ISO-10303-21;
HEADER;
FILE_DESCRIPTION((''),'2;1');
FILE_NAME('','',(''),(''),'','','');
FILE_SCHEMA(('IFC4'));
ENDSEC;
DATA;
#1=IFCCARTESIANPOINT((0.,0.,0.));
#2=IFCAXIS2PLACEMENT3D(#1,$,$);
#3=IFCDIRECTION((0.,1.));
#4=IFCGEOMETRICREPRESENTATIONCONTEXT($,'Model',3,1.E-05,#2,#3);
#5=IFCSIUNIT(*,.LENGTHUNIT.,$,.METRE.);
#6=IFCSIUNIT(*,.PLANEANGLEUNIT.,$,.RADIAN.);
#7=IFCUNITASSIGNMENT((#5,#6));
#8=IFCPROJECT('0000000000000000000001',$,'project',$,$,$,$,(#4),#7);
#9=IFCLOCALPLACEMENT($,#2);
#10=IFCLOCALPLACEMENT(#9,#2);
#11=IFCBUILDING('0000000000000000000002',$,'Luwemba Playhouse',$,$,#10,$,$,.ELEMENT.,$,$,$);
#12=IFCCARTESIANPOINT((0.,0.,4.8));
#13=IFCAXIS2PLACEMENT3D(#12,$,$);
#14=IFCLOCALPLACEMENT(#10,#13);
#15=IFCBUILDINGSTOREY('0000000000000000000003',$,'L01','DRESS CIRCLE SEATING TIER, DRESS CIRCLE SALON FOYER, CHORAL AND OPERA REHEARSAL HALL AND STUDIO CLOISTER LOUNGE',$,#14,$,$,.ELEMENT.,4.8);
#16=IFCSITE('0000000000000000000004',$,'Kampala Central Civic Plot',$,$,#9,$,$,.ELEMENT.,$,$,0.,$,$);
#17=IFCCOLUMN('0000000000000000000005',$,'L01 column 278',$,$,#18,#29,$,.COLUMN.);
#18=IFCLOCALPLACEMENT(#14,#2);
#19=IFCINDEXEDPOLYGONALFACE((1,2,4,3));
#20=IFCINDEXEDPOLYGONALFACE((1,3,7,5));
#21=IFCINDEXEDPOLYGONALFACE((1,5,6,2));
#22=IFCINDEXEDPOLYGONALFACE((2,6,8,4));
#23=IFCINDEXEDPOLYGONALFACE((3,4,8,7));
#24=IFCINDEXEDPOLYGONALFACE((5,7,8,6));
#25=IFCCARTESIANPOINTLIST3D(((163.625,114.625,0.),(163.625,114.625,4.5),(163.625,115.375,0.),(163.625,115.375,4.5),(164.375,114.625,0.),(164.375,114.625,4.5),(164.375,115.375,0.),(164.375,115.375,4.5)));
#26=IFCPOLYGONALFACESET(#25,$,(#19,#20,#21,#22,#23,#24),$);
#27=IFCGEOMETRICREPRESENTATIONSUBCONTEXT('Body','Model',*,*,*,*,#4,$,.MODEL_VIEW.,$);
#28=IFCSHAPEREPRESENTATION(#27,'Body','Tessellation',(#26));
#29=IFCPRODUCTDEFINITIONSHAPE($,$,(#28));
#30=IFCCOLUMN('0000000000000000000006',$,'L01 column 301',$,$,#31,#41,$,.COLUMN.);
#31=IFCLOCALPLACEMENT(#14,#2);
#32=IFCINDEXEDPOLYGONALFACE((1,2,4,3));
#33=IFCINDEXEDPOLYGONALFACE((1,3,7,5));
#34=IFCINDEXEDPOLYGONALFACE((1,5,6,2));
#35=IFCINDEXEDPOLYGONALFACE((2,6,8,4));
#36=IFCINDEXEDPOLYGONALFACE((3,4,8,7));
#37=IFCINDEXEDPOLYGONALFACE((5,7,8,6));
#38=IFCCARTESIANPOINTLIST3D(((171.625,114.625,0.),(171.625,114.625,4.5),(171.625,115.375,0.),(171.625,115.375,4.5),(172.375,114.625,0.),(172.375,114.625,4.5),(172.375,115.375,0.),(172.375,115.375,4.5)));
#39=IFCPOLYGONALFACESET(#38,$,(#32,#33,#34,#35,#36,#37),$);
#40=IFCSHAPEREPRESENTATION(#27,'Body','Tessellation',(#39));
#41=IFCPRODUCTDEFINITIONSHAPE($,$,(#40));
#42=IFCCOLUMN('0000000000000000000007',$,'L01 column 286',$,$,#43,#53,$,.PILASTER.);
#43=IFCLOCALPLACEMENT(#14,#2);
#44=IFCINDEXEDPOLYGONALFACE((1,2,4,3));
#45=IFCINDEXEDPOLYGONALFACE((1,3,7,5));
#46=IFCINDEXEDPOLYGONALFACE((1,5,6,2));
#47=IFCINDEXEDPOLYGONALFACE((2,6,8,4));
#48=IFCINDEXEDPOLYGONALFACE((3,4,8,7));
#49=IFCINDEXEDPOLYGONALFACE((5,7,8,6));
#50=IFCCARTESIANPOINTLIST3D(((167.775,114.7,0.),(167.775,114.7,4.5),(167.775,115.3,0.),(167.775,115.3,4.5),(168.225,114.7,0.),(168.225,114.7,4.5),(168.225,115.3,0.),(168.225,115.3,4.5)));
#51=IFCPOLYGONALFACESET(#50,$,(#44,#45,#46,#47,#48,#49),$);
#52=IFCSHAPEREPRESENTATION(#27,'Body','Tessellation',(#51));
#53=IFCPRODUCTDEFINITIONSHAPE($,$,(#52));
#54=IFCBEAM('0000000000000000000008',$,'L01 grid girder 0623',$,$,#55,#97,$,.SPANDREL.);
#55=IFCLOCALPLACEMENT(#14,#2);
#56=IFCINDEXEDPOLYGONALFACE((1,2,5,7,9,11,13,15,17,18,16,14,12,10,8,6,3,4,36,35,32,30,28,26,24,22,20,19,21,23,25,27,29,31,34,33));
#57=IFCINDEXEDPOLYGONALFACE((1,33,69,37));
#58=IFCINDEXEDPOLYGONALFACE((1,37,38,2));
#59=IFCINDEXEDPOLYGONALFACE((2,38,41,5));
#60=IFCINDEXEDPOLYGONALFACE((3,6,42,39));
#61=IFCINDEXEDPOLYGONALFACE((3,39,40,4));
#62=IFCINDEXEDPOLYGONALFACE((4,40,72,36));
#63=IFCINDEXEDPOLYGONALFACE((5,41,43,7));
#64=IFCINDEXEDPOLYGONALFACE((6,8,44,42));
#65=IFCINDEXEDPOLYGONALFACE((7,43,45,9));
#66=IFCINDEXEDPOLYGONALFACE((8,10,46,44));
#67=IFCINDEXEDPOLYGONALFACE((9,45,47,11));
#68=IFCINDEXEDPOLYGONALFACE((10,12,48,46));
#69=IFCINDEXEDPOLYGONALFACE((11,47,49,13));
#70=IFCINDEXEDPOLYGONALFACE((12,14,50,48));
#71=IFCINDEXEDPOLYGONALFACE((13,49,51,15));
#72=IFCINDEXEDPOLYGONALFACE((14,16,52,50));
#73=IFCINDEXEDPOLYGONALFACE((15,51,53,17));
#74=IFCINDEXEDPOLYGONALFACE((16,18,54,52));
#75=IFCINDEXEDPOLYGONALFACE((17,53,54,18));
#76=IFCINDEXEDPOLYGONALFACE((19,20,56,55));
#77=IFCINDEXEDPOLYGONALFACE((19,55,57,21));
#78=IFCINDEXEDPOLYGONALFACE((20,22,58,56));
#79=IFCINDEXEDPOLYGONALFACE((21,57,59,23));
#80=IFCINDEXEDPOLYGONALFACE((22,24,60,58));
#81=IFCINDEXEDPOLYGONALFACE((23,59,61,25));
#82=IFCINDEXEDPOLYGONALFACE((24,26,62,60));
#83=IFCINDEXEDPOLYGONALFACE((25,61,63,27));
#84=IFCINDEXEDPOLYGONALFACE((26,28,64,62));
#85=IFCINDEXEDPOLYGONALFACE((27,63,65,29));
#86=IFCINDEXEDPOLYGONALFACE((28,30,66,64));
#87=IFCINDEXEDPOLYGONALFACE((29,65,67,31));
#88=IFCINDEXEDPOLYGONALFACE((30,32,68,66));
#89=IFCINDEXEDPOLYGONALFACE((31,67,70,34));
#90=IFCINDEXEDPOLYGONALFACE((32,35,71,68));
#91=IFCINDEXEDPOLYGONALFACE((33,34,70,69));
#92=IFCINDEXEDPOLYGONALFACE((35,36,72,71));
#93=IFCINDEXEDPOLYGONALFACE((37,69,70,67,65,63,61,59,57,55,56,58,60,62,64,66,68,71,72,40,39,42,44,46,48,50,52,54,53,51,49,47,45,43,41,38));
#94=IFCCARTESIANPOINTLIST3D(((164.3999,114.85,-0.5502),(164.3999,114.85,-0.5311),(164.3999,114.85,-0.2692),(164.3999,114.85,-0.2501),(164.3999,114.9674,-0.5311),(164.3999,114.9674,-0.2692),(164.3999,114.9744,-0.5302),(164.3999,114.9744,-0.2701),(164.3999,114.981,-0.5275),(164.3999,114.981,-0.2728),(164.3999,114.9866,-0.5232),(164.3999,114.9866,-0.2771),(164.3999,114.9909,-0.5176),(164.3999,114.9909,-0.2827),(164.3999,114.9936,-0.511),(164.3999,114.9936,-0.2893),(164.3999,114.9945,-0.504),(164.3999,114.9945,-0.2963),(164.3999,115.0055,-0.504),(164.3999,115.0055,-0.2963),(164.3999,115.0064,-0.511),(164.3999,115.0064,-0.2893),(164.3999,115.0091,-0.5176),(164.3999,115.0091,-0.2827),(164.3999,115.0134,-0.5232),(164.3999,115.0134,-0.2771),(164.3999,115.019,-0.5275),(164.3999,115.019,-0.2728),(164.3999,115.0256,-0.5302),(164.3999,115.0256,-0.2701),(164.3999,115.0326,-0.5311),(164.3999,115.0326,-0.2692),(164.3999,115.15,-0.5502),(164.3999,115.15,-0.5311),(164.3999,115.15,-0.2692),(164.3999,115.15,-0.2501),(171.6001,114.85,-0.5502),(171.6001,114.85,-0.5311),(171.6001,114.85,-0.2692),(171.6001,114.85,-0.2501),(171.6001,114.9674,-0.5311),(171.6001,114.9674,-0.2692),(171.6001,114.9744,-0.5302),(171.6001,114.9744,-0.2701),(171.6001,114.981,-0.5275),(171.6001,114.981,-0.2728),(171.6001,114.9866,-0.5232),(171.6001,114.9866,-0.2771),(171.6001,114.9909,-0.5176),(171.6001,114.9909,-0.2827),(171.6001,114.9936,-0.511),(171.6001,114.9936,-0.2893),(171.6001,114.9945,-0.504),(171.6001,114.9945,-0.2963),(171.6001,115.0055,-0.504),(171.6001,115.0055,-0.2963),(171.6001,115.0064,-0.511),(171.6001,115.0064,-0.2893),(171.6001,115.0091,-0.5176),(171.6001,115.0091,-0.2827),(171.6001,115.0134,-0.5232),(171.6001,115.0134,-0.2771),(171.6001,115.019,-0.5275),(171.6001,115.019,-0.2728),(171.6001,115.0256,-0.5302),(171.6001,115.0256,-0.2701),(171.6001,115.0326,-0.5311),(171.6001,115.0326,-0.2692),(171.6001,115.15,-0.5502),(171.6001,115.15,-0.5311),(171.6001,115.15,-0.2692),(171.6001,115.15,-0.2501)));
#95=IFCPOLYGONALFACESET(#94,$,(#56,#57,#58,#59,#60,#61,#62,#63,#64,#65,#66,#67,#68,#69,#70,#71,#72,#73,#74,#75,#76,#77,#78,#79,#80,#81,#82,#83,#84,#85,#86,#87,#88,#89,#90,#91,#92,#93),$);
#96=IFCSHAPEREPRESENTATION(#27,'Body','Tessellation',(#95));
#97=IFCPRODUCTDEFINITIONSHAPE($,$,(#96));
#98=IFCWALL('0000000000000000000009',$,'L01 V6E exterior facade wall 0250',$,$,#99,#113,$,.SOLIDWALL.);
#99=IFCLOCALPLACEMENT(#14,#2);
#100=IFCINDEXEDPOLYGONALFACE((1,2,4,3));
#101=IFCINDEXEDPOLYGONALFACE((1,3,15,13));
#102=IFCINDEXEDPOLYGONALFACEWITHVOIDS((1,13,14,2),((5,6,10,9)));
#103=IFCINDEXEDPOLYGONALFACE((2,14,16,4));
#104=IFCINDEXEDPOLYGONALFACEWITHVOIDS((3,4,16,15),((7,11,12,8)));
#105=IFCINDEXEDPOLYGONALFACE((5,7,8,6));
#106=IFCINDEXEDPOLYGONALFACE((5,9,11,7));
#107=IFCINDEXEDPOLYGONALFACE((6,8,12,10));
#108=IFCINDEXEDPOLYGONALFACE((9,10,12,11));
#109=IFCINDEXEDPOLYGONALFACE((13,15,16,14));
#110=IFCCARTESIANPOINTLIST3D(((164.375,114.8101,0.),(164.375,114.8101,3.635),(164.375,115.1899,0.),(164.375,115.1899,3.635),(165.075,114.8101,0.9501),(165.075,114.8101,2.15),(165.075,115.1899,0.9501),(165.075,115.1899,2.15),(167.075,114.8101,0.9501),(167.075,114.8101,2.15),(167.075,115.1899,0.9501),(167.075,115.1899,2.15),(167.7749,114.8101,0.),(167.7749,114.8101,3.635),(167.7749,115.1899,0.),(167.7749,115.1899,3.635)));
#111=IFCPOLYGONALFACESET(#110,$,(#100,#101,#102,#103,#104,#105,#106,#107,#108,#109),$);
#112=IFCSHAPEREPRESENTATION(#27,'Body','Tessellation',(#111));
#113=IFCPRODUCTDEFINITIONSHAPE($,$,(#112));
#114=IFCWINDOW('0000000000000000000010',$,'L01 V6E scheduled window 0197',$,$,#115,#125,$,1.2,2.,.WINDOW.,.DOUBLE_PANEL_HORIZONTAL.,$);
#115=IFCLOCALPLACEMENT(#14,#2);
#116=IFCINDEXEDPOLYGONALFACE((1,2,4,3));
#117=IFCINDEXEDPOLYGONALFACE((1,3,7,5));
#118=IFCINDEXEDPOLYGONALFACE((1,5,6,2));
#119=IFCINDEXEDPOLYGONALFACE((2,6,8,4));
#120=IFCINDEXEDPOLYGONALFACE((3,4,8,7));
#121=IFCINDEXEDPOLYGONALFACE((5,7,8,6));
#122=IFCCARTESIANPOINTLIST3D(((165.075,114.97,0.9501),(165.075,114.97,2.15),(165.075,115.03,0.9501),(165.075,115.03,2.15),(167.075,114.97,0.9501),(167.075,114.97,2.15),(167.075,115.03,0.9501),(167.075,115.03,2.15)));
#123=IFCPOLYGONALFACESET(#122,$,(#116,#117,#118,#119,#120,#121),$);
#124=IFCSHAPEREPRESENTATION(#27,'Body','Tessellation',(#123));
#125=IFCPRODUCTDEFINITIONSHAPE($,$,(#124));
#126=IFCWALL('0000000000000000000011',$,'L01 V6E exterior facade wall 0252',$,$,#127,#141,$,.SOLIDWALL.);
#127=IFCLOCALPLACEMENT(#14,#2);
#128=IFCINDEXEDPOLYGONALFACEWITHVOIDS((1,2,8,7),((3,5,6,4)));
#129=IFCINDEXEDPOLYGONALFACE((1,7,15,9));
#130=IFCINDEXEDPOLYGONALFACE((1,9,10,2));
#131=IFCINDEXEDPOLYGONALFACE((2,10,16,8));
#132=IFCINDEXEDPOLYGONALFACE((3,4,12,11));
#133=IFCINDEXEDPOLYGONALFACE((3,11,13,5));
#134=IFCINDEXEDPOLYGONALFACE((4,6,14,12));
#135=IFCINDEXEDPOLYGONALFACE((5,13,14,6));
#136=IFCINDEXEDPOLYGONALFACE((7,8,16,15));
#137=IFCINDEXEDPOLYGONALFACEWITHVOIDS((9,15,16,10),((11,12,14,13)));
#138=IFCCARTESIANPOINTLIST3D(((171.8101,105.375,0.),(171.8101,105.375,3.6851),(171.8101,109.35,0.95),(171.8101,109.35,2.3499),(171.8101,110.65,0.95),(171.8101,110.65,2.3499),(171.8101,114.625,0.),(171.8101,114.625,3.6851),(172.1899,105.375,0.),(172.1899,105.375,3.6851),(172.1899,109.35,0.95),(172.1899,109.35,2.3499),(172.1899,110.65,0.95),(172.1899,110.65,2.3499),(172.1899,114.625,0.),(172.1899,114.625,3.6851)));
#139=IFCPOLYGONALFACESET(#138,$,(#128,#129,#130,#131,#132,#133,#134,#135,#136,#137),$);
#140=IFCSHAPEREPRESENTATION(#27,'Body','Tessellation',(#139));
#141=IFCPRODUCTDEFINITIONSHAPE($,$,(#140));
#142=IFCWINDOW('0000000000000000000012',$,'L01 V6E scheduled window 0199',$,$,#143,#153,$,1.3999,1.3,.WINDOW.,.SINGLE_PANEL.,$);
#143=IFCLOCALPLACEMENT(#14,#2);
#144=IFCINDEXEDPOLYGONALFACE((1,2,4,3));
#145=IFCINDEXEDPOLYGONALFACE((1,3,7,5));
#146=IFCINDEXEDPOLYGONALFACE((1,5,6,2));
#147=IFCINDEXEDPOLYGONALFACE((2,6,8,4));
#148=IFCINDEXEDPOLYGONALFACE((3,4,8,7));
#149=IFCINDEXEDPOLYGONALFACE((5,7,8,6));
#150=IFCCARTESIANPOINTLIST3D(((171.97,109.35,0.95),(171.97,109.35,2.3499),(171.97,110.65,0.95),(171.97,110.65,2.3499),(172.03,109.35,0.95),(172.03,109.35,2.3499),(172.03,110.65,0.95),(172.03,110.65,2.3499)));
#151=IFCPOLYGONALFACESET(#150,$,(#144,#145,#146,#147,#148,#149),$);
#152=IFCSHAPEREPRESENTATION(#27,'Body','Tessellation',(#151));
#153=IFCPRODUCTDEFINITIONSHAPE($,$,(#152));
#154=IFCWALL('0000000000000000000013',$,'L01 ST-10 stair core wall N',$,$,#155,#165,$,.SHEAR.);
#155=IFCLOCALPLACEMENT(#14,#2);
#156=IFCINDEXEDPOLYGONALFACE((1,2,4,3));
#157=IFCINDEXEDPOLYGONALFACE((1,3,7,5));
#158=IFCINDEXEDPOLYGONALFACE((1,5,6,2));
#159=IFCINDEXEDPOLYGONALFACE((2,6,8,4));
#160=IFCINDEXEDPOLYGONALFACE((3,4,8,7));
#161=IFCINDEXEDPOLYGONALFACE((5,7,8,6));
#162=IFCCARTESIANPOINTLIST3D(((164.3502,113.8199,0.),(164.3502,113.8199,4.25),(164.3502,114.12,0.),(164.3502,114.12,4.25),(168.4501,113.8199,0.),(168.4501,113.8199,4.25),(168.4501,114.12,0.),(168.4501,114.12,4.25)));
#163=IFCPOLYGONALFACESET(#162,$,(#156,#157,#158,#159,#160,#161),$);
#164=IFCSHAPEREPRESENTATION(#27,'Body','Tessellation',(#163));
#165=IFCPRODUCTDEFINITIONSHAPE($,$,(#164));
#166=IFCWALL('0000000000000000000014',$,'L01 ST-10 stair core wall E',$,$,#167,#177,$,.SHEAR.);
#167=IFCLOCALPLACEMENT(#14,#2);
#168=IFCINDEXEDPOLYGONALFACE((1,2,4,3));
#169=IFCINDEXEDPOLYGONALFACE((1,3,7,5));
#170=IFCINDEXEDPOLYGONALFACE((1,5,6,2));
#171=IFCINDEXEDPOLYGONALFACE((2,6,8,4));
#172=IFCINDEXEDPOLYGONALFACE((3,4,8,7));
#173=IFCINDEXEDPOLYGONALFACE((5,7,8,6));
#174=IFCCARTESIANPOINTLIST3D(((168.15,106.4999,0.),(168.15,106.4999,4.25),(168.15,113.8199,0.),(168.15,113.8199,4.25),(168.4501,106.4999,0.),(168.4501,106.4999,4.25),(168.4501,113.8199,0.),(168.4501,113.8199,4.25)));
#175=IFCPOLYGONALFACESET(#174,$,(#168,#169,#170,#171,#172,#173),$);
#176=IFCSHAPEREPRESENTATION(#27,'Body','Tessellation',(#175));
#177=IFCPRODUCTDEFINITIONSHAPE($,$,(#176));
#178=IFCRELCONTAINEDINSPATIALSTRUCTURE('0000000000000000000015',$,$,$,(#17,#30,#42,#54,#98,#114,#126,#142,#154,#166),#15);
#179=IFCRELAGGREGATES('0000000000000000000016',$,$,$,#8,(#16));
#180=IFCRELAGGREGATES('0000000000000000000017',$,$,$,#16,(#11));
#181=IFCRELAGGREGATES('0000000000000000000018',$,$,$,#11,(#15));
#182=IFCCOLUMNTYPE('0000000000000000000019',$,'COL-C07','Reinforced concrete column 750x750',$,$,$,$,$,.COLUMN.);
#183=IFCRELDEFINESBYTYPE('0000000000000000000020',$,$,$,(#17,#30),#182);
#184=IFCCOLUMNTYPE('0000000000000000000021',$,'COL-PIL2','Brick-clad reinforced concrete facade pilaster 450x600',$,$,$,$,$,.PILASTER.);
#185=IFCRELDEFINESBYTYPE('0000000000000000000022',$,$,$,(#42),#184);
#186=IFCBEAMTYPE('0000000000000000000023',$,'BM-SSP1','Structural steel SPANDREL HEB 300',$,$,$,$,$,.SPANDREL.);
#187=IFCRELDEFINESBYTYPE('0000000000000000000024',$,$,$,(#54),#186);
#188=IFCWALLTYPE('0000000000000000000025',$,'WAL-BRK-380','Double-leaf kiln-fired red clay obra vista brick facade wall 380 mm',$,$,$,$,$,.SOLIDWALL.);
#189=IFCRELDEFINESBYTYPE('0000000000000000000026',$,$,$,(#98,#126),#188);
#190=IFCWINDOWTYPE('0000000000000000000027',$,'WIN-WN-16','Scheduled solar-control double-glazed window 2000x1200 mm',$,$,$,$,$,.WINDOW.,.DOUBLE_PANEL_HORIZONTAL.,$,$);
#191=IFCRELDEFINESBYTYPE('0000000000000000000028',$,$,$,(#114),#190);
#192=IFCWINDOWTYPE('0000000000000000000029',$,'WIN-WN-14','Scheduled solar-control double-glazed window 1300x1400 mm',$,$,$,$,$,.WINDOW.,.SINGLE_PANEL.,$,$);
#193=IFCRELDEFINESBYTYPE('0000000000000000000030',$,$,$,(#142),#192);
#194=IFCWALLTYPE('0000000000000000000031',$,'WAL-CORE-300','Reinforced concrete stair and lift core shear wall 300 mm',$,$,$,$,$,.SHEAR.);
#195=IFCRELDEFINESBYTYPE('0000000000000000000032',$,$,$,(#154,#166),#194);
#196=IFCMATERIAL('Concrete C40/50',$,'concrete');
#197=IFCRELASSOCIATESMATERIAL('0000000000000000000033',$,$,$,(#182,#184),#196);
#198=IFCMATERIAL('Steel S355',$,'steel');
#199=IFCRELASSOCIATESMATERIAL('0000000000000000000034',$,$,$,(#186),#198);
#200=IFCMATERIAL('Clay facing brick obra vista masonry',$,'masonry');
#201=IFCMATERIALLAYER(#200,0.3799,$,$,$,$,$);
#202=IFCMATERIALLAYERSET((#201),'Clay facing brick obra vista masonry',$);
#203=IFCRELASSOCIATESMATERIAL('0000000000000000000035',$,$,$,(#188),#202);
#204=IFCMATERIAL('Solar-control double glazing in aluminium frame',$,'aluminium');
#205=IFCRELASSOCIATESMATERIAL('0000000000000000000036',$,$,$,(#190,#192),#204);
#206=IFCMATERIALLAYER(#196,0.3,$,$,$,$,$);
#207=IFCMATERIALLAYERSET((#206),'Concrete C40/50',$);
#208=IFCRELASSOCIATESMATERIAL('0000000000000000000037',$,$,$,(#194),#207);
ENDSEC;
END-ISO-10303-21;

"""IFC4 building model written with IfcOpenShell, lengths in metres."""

from ifc_helpers import new_model, si_unit, direction, frame, frame_2d, origin, origin_2d, place, context, subcontext, project, spatial, rectangle, i_section, extrude, material, layer, layer_set, material_profile, profile_set, type_object, element, fill, save


model = new_model("IFC4")

# Units and contexts
model_context = context("Model", 3, precision=1e-05, world=origin(), true_north=direction((0.0, 1.0)))
body_context = subcontext(model_context, "Body", "Model", "MODEL_VIEW")
ifc_project = project(units=[si_unit("LENGTHUNIT", "METRE"), si_unit("PLANEANGLEUNIT", "RADIAN")], contexts=[model_context])

# Site, building, storey
site_placement = place(None, origin())
site = spatial("IfcSite", under=ifc_project, at=site_placement, Name="Kampala Central Civic Plot", CompositionType="ELEMENT", RefElevation=0.0)
building_placement = place(site_placement, origin())
building = spatial("IfcBuilding", under=site, at=building_placement, Name="Luwemba Playhouse", CompositionType="ELEMENT")
storey_placement = place(building_placement, frame((0.0, 0.0, 4.8)))
storey = spatial("IfcBuildingStorey", under=building, at=storey_placement, Name="L01", Description="DRESS CIRCLE SEATING TIER, DRESS CIRCLE SALON FOYER, CHORAL AND OPERA REHEARSAL HALL AND STUDIO CLOISTER LOUNGE", CompositionType="ELEMENT", Elevation=4.8)

# Columns
ifc_material_1 = material(Name="Concrete C40/50", Category="concrete")
ifc_material_profile_1 = material_profile(ifc_material_1, rectangle(XDim=0.75, YDim=0.75, at=origin_2d()))
ifc_profile_set_1 = profile_set([ifc_material_profile_1], Name="Concrete C40/50")
column_type_1 = type_object("IfcColumnType", Name="COL-C07", Description="Reinforced concrete column 750x750", PredefinedType="COLUMN", material=ifc_profile_set_1)
for number, where, z_axis, x_axis, name in (
    (1, (164.0, 115.0, 0.0), (0.0, 0.0, 1.0), (1.0, 0.0, 0.0), "L01 column 278"),
    (2, (172.0, 115.0, 0.0), (0.0, 0.0, 1.0), (1.0, 0.0, 0.0), "L01 column 301"),
):
    element("IfcColumn", number, at=place(storey_placement, frame(where, z_axis=z_axis, x_axis=x_axis)), inside=storey, type_object=column_type_1, Name=name, PredefinedType="COLUMN", context=body_context, shape_type="SweptSolid", body=[
        extrude(rectangle(XDim=0.75, YDim=0.75, at=origin_2d()), origin(), (0.0, 0.0, 1.0), 4.5),
    ])
ifc_material_profile_2 = material_profile(ifc_material_1, rectangle(XDim=0.45, YDim=0.6001, at=origin_2d()))
ifc_profile_set_2 = profile_set([ifc_material_profile_2], Name="Concrete C40/50")
column_type_2 = type_object("IfcColumnType", Name="COL-PIL2", Description="Brick-clad reinforced concrete facade pilaster 450x600", PredefinedType="PILASTER", material=ifc_profile_set_2)
column_placement = place(storey_placement, frame((168.0, 115.0, 0.0), z_axis=(0.0, 0.0, 1.0), x_axis=(1.0, 0.0, 0.0)))
element("IfcColumn", 3, at=column_placement, inside=storey, type_object=column_type_2, Name="L01 column 286", PredefinedType="PILASTER", context=body_context, shape_type="SweptSolid", body=[
    extrude(rectangle(XDim=0.45, YDim=0.6001, at=origin_2d()), origin(), (0.0, 0.0, 1.0), 4.5),
])

# Beam
ifc_material_2 = material(Name="Steel S355", Category="steel")
ifc_material_profile_3 = material_profile(ifc_material_2, i_section(OverallWidth=0.3, OverallDepth=0.3, WebThickness=0.011, FlangeThickness=0.019, FilletRadius=0.0271, at=origin_2d()))
ifc_profile_set_3 = profile_set([ifc_material_profile_3], Name="Steel S355")
beam_type = type_object("IfcBeamType", Name="BM-SSP1", Description="Structural steel SPANDREL HEB 300", PredefinedType="SPANDREL", material=ifc_profile_set_3)
beam_placement = place(storey_placement, frame((164.3999, 115.0, -0.4001), z_axis=(1.0, 0.0, 0.0), x_axis=(0.0, 1.0, 0.0)))
element("IfcBeam", 4, at=beam_placement, inside=storey, type_object=beam_type, Name="L01 grid girder 0623", PredefinedType="SPANDREL", context=body_context, shape_type="SweptSolid", body=[
    extrude(i_section(OverallWidth=0.3, OverallDepth=0.3, WebThickness=0.011, FlangeThickness=0.019, FilletRadius=0.0271, at=origin_2d()), origin(), (0.0, 0.0, 1.0), 7.2002),
])

# Walls, openings, windows
ifc_material_3 = material(Name="Clay facing brick obra vista masonry", Category="masonry")
ifc_layer_1 = layer(ifc_material_3, 0.3799)
ifc_layer_set_1 = layer_set([ifc_layer_1], Name="Clay facing brick obra vista masonry")
wall_type_1 = type_object("IfcWallType", Name="WAL-BRK-380", Description="Double-leaf kiln-fired red clay obra vista brick facade wall 380 mm", PredefinedType="SOLIDWALL", material=ifc_layer_set_1)
wall_1_placement = place(storey_placement, frame((164.375, 115.0, 0.0), z_axis=(0.0, 0.0, 1.0), x_axis=(1.0, 0.0, 0.0)))
wall_1 = element("IfcWall", 5, at=wall_1_placement, inside=storey, type_object=wall_type_1, Name="L01 V6E exterior facade wall 0250", PredefinedType="SOLIDWALL", context=body_context, shape_type="SweptSolid", body=[
    extrude(rectangle(XDim=3.3999, YDim=0.3799, at=frame_2d((1.7, 0.0))), origin(), (0.0, 0.0, 1.0), 3.635),
])
opening_1_placement = place(wall_1_placement, frame((0.7, 0.0, 0.95)))
opening_1 = element("IfcOpeningElement", 6, at=opening_1_placement, cuts=wall_1, PredefinedType="OPENING", context=body_context, shape_type="SweptSolid", body=[
    extrude(rectangle(XDim=2.0, YDim=1.2, at=frame_2d((1.0, 0.6001))), frame((0.0, 0.2, 0.0), z_axis=(0.0, -1.0, 0.0), x_axis=(1.0, 0.0, 0.0)), (0.0, 0.0, 1.0), 0.3999),
])
ifc_material_4 = material(Name="Solar-control double glazing in aluminium frame", Category="aluminium")
window_type_1 = type_object("IfcWindowType", Name="WIN-WN-16", Description="Scheduled solar-control double-glazed window 2000x1200 mm", PartitioningType="DOUBLE_PANEL_HORIZONTAL", PredefinedType="WINDOW", material=ifc_material_4)
window_1_placement = place(opening_1_placement, origin())
window_1 = element("IfcWindow", 7, at=window_1_placement, inside=storey, type_object=window_type_1, Name="L01 V6E scheduled window 0197", OverallHeight=1.2, OverallWidth=2.0, PartitioningType="DOUBLE_PANEL_HORIZONTAL", PredefinedType="WINDOW", context=body_context, shape_type="SweptSolid", body=[
    extrude(rectangle(XDim=2.0, YDim=1.2, at=frame_2d((1.0, 0.6001))), frame((0.0, 0.03, 0.0), z_axis=(0.0, -1.0, 0.0), x_axis=(1.0, 0.0, 0.0)), (0.0, 0.0, 1.0), 0.0601),
])
fill(opening_1, window_1)
wall_2_placement = place(storey_placement, frame((172.0, 114.625, 0.0), z_axis=(0.0, 0.0, 1.0), x_axis=(0.0, -1.0, 0.0)))
wall_2 = element("IfcWall", 8, at=wall_2_placement, inside=storey, type_object=wall_type_1, Name="L01 V6E exterior facade wall 0252", PredefinedType="SOLIDWALL", context=body_context, shape_type="SweptSolid", body=[
    extrude(rectangle(XDim=9.25, YDim=0.3799, at=frame_2d((4.625, 0.0))), origin(), (0.0, 0.0, 1.0), 3.6851),
])
opening_2_placement = place(wall_2_placement, frame((3.9751, 0.0, 0.95)))
opening_2 = element("IfcOpeningElement", 9, at=opening_2_placement, cuts=wall_2, PredefinedType="OPENING", context=body_context, shape_type="SweptSolid", body=[
    extrude(rectangle(XDim=1.3, YDim=1.3999, at=frame_2d((0.6499, 0.7))), frame((0.0, 0.2, 0.0), z_axis=(0.0, -1.0, 0.0), x_axis=(1.0, 0.0, 0.0)), (0.0, 0.0, 1.0), 0.3999),
])
window_type_2 = type_object("IfcWindowType", Name="WIN-WN-14", Description="Scheduled solar-control double-glazed window 1300x1400 mm", PartitioningType="SINGLE_PANEL", PredefinedType="WINDOW", material=ifc_material_4)
window_2_placement = place(opening_2_placement, origin())
window_2 = element("IfcWindow", 10, at=window_2_placement, inside=storey, type_object=window_type_2, Name="L01 V6E scheduled window 0199", OverallHeight=1.3999, OverallWidth=1.3, PartitioningType="SINGLE_PANEL", PredefinedType="WINDOW", context=body_context, shape_type="SweptSolid", body=[
    extrude(rectangle(XDim=1.3, YDim=1.3999, at=frame_2d((0.6499, 0.7))), frame((0.0, 0.03, 0.0), z_axis=(0.0, -1.0, 0.0), x_axis=(1.0, 0.0, 0.0)), (0.0, 0.0, 1.0), 0.0601),
])
fill(opening_2, window_2)

# Wall
ifc_layer_2 = layer(ifc_material_1, 0.3)
ifc_layer_set_2 = layer_set([ifc_layer_2], Name="Concrete C40/50")
wall_type_2 = type_object("IfcWallType", Name="WAL-CORE-300", Description="Reinforced concrete stair and lift core shear wall 300 mm", PredefinedType="SHEAR", material=ifc_layer_set_2)
wall_3_placement = place(storey_placement, frame((168.45, 113.97, 0.0), z_axis=(0.0, 0.0, 1.0), x_axis=(-1.0, 0.0, 0.0)))
element("IfcWall", 11, at=wall_3_placement, inside=storey, type_object=wall_type_2, Name="L01 ST-10 stair core wall N", PredefinedType="SHEAR", context=body_context, shape_type="SweptSolid", body=[
    extrude(rectangle(XDim=4.0999, YDim=0.3, at=frame_2d((2.0498, 0.0))), origin(), (0.0, 0.0, 1.0), 4.25),
])

# Wall
wall_4_placement = place(storey_placement, frame((168.3, 113.8201, 0.0), z_axis=(0.0, 0.0, 1.0), x_axis=(0.0, -1.0, 0.0)))
element("IfcWall", 12, at=wall_4_placement, inside=storey, type_object=wall_type_2, Name="L01 ST-10 stair core wall E", PredefinedType="SHEAR", context=body_context, shape_type="SweptSolid", body=[
    extrude(rectangle(XDim=7.3201, YDim=0.3, at=frame_2d((3.6602, 0.0))), origin(), (0.0, 0.0, 1.0), 4.25),
])

save(model, "model.ifc")
